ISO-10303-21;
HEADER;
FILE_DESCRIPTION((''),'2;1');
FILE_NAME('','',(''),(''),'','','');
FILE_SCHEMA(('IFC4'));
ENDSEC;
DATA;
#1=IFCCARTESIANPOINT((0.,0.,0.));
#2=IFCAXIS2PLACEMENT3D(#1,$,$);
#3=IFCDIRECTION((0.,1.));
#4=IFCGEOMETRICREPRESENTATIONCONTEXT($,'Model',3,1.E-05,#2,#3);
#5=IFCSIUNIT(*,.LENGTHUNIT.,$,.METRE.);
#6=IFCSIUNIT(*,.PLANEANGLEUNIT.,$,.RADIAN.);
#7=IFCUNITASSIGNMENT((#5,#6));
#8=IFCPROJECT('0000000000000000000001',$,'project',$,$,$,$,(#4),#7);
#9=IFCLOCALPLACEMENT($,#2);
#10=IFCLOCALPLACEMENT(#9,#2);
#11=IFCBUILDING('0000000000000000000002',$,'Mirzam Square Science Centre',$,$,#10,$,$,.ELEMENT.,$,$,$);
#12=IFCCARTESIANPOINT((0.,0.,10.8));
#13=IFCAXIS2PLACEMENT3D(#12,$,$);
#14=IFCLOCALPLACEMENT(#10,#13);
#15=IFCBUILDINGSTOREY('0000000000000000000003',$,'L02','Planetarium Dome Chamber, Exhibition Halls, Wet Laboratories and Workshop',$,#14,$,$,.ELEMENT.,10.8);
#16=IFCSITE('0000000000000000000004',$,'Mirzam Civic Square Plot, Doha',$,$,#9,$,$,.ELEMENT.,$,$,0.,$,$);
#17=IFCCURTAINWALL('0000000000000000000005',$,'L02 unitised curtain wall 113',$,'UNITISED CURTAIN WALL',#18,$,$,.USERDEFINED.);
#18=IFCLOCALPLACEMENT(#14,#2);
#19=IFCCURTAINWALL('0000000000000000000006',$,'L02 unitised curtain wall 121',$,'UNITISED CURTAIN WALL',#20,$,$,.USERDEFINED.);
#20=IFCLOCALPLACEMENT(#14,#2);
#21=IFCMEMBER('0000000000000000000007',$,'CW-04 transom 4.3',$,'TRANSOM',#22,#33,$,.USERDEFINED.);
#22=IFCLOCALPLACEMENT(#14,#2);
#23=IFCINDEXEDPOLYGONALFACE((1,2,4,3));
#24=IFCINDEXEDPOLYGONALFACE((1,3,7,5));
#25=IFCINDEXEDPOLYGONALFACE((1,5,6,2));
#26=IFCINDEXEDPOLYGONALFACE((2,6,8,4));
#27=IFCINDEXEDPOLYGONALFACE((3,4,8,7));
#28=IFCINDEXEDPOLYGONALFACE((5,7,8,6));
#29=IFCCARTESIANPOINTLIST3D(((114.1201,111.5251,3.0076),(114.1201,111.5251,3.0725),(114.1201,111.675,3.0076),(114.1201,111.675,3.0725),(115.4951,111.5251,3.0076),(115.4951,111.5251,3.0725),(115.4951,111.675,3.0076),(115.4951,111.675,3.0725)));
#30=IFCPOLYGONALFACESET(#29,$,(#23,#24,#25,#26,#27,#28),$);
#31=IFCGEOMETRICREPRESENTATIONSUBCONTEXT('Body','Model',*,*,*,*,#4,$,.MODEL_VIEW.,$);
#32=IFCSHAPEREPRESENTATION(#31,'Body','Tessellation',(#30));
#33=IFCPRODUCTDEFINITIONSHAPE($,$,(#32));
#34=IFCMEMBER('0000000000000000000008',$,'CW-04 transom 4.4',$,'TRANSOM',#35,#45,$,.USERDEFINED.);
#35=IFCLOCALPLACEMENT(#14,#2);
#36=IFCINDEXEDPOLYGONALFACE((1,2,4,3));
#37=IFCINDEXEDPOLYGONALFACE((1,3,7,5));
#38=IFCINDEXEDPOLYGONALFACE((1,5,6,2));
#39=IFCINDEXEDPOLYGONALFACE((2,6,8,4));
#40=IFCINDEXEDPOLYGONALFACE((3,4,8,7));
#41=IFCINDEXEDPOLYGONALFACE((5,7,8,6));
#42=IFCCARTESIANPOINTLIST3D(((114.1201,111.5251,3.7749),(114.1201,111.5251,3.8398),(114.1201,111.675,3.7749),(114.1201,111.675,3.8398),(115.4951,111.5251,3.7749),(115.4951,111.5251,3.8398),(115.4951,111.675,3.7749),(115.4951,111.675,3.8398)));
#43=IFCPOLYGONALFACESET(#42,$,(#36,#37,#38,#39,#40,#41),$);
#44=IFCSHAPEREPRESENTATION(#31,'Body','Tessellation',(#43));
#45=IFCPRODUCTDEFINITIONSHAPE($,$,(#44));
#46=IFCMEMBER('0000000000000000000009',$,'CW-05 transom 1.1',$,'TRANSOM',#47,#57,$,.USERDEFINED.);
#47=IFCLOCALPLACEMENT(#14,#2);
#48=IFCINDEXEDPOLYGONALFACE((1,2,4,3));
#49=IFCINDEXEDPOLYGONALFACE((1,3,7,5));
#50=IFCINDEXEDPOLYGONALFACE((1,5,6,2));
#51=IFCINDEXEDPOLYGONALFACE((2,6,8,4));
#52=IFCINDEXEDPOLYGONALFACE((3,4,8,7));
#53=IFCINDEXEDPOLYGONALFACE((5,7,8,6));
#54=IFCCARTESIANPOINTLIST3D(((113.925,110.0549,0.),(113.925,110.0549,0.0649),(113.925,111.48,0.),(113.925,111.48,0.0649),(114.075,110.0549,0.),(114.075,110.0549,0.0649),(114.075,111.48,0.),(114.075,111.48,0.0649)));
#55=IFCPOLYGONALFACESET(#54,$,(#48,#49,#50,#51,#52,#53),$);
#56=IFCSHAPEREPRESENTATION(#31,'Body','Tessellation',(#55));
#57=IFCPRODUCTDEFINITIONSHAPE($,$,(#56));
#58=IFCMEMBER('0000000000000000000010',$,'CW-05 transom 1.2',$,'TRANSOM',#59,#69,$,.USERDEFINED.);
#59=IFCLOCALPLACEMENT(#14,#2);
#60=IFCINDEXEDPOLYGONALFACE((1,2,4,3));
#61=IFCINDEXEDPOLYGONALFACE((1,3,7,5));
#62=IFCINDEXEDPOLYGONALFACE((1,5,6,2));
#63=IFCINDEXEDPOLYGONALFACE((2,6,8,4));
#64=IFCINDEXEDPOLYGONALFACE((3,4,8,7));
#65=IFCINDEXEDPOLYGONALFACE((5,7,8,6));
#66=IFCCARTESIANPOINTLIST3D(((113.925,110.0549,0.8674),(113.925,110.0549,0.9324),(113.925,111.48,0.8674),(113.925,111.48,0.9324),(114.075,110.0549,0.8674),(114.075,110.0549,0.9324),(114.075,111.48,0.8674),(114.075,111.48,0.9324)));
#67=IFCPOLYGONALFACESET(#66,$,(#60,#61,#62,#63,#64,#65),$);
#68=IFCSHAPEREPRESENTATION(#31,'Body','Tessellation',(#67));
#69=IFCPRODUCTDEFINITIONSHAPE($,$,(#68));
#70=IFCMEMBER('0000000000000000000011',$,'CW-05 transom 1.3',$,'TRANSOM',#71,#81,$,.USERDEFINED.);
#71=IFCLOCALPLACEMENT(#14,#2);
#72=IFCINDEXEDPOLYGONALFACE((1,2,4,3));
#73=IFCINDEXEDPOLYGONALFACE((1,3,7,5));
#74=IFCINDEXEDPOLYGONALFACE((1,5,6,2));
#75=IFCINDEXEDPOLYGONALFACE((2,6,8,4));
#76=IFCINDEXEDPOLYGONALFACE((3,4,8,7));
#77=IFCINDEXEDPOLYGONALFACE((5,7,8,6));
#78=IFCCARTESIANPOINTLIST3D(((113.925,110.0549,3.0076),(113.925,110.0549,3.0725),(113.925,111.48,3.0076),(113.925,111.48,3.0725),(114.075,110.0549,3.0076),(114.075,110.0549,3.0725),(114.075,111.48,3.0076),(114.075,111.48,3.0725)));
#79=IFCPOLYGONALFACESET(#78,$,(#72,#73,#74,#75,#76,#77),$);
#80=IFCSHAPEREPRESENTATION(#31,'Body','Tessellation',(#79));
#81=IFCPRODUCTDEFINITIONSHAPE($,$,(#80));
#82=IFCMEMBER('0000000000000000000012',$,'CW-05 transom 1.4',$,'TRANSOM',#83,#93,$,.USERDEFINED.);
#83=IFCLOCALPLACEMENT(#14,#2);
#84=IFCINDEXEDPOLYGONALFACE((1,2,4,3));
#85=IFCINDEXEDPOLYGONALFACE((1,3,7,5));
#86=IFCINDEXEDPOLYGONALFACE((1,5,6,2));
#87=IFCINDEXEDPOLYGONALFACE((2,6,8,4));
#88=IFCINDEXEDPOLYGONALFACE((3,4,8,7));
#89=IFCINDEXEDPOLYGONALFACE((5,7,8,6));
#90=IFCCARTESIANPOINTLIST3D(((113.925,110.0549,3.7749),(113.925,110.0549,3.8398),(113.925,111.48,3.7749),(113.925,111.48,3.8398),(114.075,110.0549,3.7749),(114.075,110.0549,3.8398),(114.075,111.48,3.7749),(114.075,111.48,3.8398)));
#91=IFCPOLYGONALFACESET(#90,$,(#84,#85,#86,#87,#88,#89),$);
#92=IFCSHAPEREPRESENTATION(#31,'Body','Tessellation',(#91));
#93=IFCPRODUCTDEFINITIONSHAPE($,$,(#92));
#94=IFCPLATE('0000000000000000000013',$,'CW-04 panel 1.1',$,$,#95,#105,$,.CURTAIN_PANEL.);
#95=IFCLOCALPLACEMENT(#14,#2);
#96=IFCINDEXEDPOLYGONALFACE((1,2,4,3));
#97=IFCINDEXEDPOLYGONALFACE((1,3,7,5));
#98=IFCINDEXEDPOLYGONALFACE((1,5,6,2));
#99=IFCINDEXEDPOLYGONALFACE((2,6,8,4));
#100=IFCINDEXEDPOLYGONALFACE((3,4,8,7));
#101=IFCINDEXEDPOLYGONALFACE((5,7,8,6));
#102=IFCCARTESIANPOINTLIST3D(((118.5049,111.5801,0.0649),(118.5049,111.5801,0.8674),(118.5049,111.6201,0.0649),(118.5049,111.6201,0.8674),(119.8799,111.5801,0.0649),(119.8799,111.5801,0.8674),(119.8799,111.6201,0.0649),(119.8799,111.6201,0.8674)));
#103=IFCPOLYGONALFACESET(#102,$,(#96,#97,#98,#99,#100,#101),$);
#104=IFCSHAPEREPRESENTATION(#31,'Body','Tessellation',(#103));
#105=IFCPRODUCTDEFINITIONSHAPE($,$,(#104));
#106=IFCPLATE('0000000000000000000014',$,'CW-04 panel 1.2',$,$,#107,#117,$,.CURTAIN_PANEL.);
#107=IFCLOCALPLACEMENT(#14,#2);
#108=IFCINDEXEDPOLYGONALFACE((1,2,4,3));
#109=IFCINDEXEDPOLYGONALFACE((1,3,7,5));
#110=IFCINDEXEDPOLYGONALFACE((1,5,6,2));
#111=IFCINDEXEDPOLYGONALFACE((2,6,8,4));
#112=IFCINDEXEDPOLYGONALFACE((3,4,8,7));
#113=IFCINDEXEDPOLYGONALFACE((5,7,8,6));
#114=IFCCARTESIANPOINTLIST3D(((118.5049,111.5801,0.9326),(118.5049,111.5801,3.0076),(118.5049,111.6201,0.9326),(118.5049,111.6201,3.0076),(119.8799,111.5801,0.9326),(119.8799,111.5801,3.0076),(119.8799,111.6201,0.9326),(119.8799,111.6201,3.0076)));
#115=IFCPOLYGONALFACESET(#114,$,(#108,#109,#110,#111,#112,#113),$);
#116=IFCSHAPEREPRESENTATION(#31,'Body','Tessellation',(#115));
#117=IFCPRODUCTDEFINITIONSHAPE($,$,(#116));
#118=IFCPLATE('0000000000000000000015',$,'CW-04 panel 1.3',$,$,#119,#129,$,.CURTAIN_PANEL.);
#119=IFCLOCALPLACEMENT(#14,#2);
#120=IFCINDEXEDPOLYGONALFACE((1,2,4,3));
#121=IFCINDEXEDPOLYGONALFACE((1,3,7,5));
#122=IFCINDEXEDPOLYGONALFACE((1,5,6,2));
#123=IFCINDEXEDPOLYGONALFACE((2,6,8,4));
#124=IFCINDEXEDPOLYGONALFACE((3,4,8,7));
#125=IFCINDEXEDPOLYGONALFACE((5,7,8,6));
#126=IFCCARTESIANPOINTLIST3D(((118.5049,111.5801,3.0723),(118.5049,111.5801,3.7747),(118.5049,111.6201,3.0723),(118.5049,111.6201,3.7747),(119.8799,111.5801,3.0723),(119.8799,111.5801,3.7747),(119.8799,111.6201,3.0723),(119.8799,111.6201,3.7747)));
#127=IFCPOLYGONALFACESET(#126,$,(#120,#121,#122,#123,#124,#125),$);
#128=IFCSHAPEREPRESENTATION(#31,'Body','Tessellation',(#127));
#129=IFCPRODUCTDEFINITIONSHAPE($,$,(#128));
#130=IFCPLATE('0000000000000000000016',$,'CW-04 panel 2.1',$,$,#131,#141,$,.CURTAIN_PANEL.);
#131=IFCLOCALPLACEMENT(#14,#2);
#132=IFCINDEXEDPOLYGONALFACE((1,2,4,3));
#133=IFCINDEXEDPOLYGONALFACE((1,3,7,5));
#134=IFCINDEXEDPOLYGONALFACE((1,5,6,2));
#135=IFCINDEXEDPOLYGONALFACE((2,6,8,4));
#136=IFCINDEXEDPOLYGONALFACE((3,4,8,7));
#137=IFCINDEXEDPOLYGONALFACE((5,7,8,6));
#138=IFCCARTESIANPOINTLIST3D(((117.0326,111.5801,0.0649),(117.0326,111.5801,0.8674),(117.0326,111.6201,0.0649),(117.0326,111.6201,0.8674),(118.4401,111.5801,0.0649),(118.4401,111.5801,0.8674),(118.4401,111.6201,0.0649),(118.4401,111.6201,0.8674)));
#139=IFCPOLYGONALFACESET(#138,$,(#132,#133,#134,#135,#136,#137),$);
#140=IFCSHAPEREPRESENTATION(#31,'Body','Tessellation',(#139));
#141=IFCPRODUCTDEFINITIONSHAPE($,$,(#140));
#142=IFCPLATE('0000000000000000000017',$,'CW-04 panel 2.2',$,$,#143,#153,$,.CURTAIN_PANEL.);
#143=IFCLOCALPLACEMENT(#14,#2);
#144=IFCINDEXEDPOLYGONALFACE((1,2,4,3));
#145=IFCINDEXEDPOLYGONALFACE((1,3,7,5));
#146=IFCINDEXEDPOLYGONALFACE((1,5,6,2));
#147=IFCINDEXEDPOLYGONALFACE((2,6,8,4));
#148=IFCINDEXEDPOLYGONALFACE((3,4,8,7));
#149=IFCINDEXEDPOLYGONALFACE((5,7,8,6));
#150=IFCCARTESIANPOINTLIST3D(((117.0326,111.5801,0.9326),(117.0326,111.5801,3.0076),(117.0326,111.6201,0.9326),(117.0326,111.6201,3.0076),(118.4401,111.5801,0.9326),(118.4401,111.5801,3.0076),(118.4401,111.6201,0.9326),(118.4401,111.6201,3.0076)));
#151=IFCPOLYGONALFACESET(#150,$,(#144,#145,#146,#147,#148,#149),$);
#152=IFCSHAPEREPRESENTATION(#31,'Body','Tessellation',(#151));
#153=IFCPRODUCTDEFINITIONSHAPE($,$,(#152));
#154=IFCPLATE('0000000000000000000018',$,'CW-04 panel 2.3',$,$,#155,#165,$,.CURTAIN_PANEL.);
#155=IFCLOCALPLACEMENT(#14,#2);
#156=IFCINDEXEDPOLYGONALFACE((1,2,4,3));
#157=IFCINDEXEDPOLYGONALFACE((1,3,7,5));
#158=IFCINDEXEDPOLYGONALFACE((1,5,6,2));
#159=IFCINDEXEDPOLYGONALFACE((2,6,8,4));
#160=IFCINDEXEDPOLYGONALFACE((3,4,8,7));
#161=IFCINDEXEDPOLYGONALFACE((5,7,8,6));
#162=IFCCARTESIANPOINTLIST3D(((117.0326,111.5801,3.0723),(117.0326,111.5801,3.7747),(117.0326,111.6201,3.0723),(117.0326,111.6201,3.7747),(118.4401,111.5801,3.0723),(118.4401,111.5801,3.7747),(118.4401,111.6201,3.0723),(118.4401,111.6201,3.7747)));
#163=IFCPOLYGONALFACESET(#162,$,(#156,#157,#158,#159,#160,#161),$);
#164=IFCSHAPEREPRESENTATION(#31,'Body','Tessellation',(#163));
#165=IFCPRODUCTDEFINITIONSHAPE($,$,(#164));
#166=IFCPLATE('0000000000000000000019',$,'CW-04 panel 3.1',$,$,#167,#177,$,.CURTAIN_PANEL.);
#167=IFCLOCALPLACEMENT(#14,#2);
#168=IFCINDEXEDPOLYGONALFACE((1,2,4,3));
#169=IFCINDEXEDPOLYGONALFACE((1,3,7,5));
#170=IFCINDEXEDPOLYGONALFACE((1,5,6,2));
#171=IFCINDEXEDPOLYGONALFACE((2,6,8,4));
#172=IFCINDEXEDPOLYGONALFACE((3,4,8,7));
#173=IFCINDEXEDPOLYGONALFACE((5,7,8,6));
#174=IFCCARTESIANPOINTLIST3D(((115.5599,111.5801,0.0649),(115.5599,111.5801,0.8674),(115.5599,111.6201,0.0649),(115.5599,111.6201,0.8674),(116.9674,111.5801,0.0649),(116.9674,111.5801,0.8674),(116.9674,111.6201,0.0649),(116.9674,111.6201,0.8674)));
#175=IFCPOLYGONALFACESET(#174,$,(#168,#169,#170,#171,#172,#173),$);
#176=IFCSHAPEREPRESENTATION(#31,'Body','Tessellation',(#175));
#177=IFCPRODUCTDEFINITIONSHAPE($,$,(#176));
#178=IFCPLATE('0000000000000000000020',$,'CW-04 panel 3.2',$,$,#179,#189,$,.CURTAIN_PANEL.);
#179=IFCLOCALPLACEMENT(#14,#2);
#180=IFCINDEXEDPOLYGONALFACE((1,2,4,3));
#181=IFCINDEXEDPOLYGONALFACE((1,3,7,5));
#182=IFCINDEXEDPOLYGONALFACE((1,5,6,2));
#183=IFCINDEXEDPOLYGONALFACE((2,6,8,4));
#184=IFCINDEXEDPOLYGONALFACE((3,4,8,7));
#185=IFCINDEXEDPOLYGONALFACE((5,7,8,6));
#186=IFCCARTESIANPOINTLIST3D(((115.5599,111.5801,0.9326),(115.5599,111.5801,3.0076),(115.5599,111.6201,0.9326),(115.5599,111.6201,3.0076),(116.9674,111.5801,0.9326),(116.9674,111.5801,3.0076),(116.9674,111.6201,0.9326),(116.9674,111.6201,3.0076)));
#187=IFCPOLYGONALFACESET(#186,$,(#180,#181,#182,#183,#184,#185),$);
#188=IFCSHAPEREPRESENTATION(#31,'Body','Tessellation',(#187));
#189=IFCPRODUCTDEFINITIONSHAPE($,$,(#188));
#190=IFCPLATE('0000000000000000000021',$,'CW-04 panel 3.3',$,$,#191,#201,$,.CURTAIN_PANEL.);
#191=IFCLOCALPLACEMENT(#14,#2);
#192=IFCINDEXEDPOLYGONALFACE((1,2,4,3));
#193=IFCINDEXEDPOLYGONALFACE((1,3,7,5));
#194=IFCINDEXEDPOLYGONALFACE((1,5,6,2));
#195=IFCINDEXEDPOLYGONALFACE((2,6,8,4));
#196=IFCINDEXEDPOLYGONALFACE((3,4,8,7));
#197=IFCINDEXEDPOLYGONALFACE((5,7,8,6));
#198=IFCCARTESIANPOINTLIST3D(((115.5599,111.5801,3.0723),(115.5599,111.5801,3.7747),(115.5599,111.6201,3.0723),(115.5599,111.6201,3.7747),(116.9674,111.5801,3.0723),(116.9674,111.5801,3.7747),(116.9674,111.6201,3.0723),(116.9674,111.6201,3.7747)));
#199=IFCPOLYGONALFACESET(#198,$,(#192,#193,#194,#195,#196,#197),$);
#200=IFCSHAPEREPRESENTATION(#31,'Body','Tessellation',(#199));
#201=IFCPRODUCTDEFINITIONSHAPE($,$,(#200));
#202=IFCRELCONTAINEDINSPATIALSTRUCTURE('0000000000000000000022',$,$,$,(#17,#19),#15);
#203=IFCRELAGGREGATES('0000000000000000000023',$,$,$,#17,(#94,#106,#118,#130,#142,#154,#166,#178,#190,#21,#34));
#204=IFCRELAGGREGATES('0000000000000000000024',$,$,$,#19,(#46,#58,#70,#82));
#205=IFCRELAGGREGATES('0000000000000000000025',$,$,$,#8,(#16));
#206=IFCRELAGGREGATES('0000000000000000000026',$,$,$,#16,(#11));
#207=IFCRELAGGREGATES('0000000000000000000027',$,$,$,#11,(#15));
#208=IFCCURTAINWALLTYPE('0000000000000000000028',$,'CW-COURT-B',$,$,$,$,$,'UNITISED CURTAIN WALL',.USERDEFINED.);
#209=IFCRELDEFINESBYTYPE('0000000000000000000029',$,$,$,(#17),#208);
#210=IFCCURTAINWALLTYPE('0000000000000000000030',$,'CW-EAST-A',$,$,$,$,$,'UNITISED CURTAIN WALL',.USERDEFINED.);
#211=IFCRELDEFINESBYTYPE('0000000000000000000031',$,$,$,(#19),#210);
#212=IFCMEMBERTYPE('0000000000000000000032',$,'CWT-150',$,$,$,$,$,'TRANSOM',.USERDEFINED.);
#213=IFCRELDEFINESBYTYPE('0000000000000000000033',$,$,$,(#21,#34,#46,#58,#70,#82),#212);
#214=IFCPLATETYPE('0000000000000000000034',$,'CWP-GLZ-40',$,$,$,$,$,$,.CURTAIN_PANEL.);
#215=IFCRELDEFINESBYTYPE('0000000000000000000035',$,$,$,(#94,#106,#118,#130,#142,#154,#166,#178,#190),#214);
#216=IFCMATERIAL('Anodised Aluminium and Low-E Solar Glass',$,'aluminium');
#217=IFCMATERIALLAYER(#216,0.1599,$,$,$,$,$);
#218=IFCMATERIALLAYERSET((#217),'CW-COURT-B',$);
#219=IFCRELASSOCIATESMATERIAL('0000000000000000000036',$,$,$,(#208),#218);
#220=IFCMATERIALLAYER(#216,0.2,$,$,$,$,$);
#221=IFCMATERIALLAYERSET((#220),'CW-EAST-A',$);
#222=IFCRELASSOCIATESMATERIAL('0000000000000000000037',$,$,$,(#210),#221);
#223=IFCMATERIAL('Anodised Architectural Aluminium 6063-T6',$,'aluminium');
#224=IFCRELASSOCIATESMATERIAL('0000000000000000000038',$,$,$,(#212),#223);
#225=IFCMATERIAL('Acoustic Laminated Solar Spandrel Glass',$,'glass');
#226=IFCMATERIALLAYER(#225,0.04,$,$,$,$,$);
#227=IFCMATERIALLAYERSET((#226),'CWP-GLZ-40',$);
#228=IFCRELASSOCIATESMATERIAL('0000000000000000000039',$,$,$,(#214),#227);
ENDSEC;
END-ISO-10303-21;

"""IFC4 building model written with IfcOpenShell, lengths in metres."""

from ifc_helpers import new_model, si_unit, direction, frame, origin, origin_2d, place, context, subcontext, project, spatial, rectangle, extrude, material, layer, layer_set, material_profile, profile_set, type_object, element, aggregate, save


model = new_model("IFC4")

# Units and contexts
model_context = context("Model", 3, precision=1e-05, world=origin(), true_north=direction((0.0, 1.0)))
body_context = subcontext(model_context, "Body", "Model", "MODEL_VIEW")
ifc_project = project(units=[si_unit("LENGTHUNIT", "METRE"), si_unit("PLANEANGLEUNIT", "RADIAN")], contexts=[model_context])

# Site, building, storey
site_placement = place(None, origin())
site = spatial("IfcSite", under=ifc_project, at=site_placement, Name="Mirzam Civic Square Plot, Doha", CompositionType="ELEMENT", RefElevation=0.0)
building_placement = place(site_placement, origin())
building = spatial("IfcBuilding", under=site, at=building_placement, Name="Mirzam Square Science Centre", CompositionType="ELEMENT")
storey_placement = place(building_placement, frame((0.0, 0.0, 10.8)))
storey = spatial("IfcBuildingStorey", under=building, at=storey_placement, Name="L02", Description="Planetarium Dome Chamber, Exhibition Halls, Wet Laboratories and Workshop", CompositionType="ELEMENT", Elevation=10.8)

# Curtain wall
ifc_material_1 = material(Name="Anodised Aluminium and Low-E Solar Glass", Category="aluminium")
ifc_layer_1 = layer(ifc_material_1, 0.1599)
ifc_layer_set_1 = layer_set([ifc_layer_1], Name="CW-COURT-B")
curtain_wall_type_1 = type_object("IfcCurtainWallType", Name="CW-COURT-B", ElementType="UNITISED CURTAIN WALL", PredefinedType="USERDEFINED", material=ifc_layer_set_1)
curtain_wall_1_placement = place(storey_placement, origin())
curtain_wall_1 = element("IfcCurtainWall", 1, at=curtain_wall_1_placement, inside=storey, type_object=curtain_wall_type_1, Name="L02 unitised curtain wall 113", ObjectType="UNITISED CURTAIN WALL", PredefinedType="USERDEFINED")
ifc_material_2 = material(Name="Anodised Architectural Aluminium 6063-T6", Category="aluminium")

# Curtain wall
ifc_layer_2 = layer(ifc_material_1, 0.2)
ifc_layer_set_2 = layer_set([ifc_layer_2], Name="CW-EAST-A")
curtain_wall_type_2 = type_object("IfcCurtainWallType", Name="CW-EAST-A", ElementType="UNITISED CURTAIN WALL", PredefinedType="USERDEFINED", material=ifc_layer_set_2)
curtain_wall_2_placement = place(storey_placement, origin())
curtain_wall_2 = element("IfcCurtainWall", 2, at=curtain_wall_2_placement, inside=storey, type_object=curtain_wall_type_2, Name="L02 unitised curtain wall 121", ObjectType="UNITISED CURTAIN WALL", PredefinedType="USERDEFINED")

# Members
ifc_material_profile_1 = material_profile(ifc_material_2, rectangle(XDim=0.1499, YDim=0.0649, at=origin_2d()), Name="ALU-TRAN-150x65x4")
ifc_profile_set_1 = profile_set([ifc_material_profile_1], Name="Anodised Architectural Aluminium 6063-T6")
member_type_1 = type_object("IfcMemberType", Name="CWT-150", ElementType="TRANSOM", PredefinedType="USERDEFINED", material=ifc_profile_set_1)
member_1_placement = place(storey_placement, frame((115.4951, 111.6001, 3.04), z_axis=(-1.0, 0.0, 0.0), x_axis=(0.0, -1.0, 0.0)))
member_1 = element("IfcMember", 3, at=member_1_placement, type_object=member_type_1, Name="CW-04 transom 4.3", ObjectType="TRANSOM", PredefinedType="USERDEFINED", context=body_context, shape_type="SweptSolid", body=[
    extrude(rectangle(XDim=0.1499, YDim=0.0649, at=origin_2d()), origin(), (0.0, 0.0, 1.0), 1.375),
])
member_2_placement = place(storey_placement, frame((115.4951, 111.6001, 3.8074), z_axis=(-1.0, 0.0, 0.0), x_axis=(0.0, -1.0, 0.0)))
member_2 = element("IfcMember", 4, at=member_2_placement, type_object=member_type_1, Name="CW-04 transom 4.4", ObjectType="TRANSOM", PredefinedType="USERDEFINED", context=body_context, shape_type="SweptSolid", body=[
    extrude(rectangle(XDim=0.1499, YDim=0.0649, at=origin_2d()), origin(), (0.0, 0.0, 1.0), 1.375),
])
member_3_placement = place(storey_placement, frame((114.0, 111.48, 0.0325), z_axis=(0.0, -1.0, 0.0), x_axis=(1.0, 0.0, 0.0)))
member_3 = element("IfcMember", 5, at=member_3_placement, type_object=member_type_1, Name="CW-05 transom 1.1", ObjectType="TRANSOM", PredefinedType="USERDEFINED", context=body_context, shape_type="SweptSolid", body=[
    extrude(rectangle(XDim=0.1499, YDim=0.0649, at=origin_2d()), origin(), (0.0, 0.0, 1.0), 1.425),
])
member_4_placement = place(storey_placement, frame((114.0, 111.48, 0.8999), z_axis=(0.0, -1.0, 0.0), x_axis=(1.0, 0.0, 0.0)))
member_4 = element("IfcMember", 6, at=member_4_placement, type_object=member_type_1, Name="CW-05 transom 1.2", ObjectType="TRANSOM", PredefinedType="USERDEFINED", context=body_context, shape_type="SweptSolid", body=[
    extrude(rectangle(XDim=0.1499, YDim=0.0649, at=origin_2d()), origin(), (0.0, 0.0, 1.0), 1.425),
])
member_5_placement = place(storey_placement, frame((114.0, 111.48, 3.04), z_axis=(0.0, -1.0, 0.0), x_axis=(1.0, 0.0, 0.0)))
member_5 = element("IfcMember", 7, at=member_5_placement, type_object=member_type_1, Name="CW-05 transom 1.3", ObjectType="TRANSOM", PredefinedType="USERDEFINED", context=body_context, shape_type="SweptSolid", body=[
    extrude(rectangle(XDim=0.1499, YDim=0.0649, at=origin_2d()), origin(), (0.0, 0.0, 1.0), 1.425),
])
member_6_placement = place(storey_placement, frame((114.0, 111.48, 3.8074), z_axis=(0.0, -1.0, 0.0), x_axis=(1.0, 0.0, 0.0)))
member_6 = element("IfcMember", 8, at=member_6_placement, type_object=member_type_1, Name="CW-05 transom 1.4", ObjectType="TRANSOM", PredefinedType="USERDEFINED", context=body_context, shape_type="SweptSolid", body=[
    extrude(rectangle(XDim=0.1499, YDim=0.0649, at=origin_2d()), origin(), (0.0, 0.0, 1.0), 1.425),
])

# Plates
ifc_material_3 = material(Name="Acoustic Laminated Solar Spandrel Glass", Category="glass")
ifc_layer_3 = layer(ifc_material_3, 0.04)
ifc_layer_set_3 = layer_set([ifc_layer_3], Name="CWP-GLZ-40")
plate_type = type_object("IfcPlateType", Name="CWP-GLZ-40", PredefinedType="CURTAIN_PANEL", material=ifc_layer_set_3)
plate_1_placement = place(storey_placement, frame((119.1924, 111.6001, 0.0649), z_axis=(0.0, 0.0, 1.0), x_axis=(-1.0, 0.0, 0.0)))
plate_1 = element("IfcPlate", 9, at=plate_1_placement, type_object=plate_type, Name="CW-04 panel 1.1", PredefinedType="CURTAIN_PANEL", context=body_context, shape_type="SweptSolid", body=[
    extrude(rectangle(XDim=1.375, YDim=0.04, at=origin_2d()), origin(), (0.0, 0.0, 1.0), 0.8025),
])
plate_2_placement = place(storey_placement, frame((119.1924, 111.6001, 0.9326), z_axis=(0.0, 0.0, 1.0), x_axis=(-1.0, 0.0, 0.0)))
plate_2 = element("IfcPlate", 10, at=plate_2_placement, type_object=plate_type, Name="CW-04 panel 1.2", PredefinedType="CURTAIN_PANEL", context=body_context, shape_type="SweptSolid", body=[
    extrude(rectangle(XDim=1.375, YDim=0.04, at=origin_2d()), origin(), (0.0, 0.0, 1.0), 2.075),
])
plate_3_placement = place(storey_placement, frame((119.1924, 111.6001, 3.0723), z_axis=(0.0, 0.0, 1.0), x_axis=(-1.0, 0.0, 0.0)))
plate_3 = element("IfcPlate", 11, at=plate_3_placement, type_object=plate_type, Name="CW-04 panel 1.3", PredefinedType="CURTAIN_PANEL", context=body_context, shape_type="SweptSolid", body=[
    extrude(rectangle(XDim=1.375, YDim=0.04, at=origin_2d()), origin(), (0.0, 0.0, 1.0), 0.7024),
])
plate_4_placement = place(storey_placement, frame((117.7363, 111.6001, 0.0649), z_axis=(0.0, 0.0, 1.0), x_axis=(-1.0, 0.0, 0.0)))
plate_4 = element("IfcPlate", 12, at=plate_4_placement, type_object=plate_type, Name="CW-04 panel 2.1", PredefinedType="CURTAIN_PANEL", context=body_context, shape_type="SweptSolid", body=[
    extrude(rectangle(XDim=1.4075, YDim=0.04, at=origin_2d()), origin(), (0.0, 0.0, 1.0), 0.8025),
])
plate_5_placement = place(storey_placement, frame((117.7363, 111.6001, 0.9326), z_axis=(0.0, 0.0, 1.0), x_axis=(-1.0, 0.0, 0.0)))
plate_5 = element("IfcPlate", 13, at=plate_5_placement, type_object=plate_type, Name="CW-04 panel 2.2", PredefinedType="CURTAIN_PANEL", context=body_context, shape_type="SweptSolid", body=[
    extrude(rectangle(XDim=1.4075, YDim=0.04, at=origin_2d()), origin(), (0.0, 0.0, 1.0), 2.075),
])
plate_6_placement = place(storey_placement, frame((117.7363, 111.6001, 3.0723), z_axis=(0.0, 0.0, 1.0), x_axis=(-1.0, 0.0, 0.0)))
plate_6 = element("IfcPlate", 14, at=plate_6_placement, type_object=plate_type, Name="CW-04 panel 2.3", PredefinedType="CURTAIN_PANEL", context=body_context, shape_type="SweptSolid", body=[
    extrude(rectangle(XDim=1.4075, YDim=0.04, at=origin_2d()), origin(), (0.0, 0.0, 1.0), 0.7024),
])
plate_7_placement = place(storey_placement, frame((116.2637, 111.6001, 0.0649), z_axis=(0.0, 0.0, 1.0), x_axis=(-1.0, 0.0, 0.0)))
plate_7 = element("IfcPlate", 15, at=plate_7_placement, type_object=plate_type, Name="CW-04 panel 3.1", PredefinedType="CURTAIN_PANEL", context=body_context, shape_type="SweptSolid", body=[
    extrude(rectangle(XDim=1.4075, YDim=0.04, at=origin_2d()), origin(), (0.0, 0.0, 1.0), 0.8025),
])
plate_8_placement = place(storey_placement, frame((116.2637, 111.6001, 0.9326), z_axis=(0.0, 0.0, 1.0), x_axis=(-1.0, 0.0, 0.0)))
plate_8 = element("IfcPlate", 16, at=plate_8_placement, type_object=plate_type, Name="CW-04 panel 3.2", PredefinedType="CURTAIN_PANEL", context=body_context, shape_type="SweptSolid", body=[
    extrude(rectangle(XDim=1.4075, YDim=0.04, at=origin_2d()), origin(), (0.0, 0.0, 1.0), 2.075),
])
plate_9_placement = place(storey_placement, frame((116.2637, 111.6001, 3.0723), z_axis=(0.0, 0.0, 1.0), x_axis=(-1.0, 0.0, 0.0)))
plate_9 = element("IfcPlate", 17, at=plate_9_placement, type_object=plate_type, Name="CW-04 panel 3.3", PredefinedType="CURTAIN_PANEL", context=body_context, shape_type="SweptSolid", body=[
    extrude(rectangle(XDim=1.4075, YDim=0.04, at=origin_2d()), origin(), (0.0, 0.0, 1.0), 0.7024),
])
aggregate(curtain_wall_1, [plate_1, plate_2, plate_3, plate_4, plate_5, plate_6, plate_7, plate_8, plate_9, member_1, member_2])
aggregate(curtain_wall_2, [member_3, member_4, member_5, member_6])

save(model, "model.ifc")
